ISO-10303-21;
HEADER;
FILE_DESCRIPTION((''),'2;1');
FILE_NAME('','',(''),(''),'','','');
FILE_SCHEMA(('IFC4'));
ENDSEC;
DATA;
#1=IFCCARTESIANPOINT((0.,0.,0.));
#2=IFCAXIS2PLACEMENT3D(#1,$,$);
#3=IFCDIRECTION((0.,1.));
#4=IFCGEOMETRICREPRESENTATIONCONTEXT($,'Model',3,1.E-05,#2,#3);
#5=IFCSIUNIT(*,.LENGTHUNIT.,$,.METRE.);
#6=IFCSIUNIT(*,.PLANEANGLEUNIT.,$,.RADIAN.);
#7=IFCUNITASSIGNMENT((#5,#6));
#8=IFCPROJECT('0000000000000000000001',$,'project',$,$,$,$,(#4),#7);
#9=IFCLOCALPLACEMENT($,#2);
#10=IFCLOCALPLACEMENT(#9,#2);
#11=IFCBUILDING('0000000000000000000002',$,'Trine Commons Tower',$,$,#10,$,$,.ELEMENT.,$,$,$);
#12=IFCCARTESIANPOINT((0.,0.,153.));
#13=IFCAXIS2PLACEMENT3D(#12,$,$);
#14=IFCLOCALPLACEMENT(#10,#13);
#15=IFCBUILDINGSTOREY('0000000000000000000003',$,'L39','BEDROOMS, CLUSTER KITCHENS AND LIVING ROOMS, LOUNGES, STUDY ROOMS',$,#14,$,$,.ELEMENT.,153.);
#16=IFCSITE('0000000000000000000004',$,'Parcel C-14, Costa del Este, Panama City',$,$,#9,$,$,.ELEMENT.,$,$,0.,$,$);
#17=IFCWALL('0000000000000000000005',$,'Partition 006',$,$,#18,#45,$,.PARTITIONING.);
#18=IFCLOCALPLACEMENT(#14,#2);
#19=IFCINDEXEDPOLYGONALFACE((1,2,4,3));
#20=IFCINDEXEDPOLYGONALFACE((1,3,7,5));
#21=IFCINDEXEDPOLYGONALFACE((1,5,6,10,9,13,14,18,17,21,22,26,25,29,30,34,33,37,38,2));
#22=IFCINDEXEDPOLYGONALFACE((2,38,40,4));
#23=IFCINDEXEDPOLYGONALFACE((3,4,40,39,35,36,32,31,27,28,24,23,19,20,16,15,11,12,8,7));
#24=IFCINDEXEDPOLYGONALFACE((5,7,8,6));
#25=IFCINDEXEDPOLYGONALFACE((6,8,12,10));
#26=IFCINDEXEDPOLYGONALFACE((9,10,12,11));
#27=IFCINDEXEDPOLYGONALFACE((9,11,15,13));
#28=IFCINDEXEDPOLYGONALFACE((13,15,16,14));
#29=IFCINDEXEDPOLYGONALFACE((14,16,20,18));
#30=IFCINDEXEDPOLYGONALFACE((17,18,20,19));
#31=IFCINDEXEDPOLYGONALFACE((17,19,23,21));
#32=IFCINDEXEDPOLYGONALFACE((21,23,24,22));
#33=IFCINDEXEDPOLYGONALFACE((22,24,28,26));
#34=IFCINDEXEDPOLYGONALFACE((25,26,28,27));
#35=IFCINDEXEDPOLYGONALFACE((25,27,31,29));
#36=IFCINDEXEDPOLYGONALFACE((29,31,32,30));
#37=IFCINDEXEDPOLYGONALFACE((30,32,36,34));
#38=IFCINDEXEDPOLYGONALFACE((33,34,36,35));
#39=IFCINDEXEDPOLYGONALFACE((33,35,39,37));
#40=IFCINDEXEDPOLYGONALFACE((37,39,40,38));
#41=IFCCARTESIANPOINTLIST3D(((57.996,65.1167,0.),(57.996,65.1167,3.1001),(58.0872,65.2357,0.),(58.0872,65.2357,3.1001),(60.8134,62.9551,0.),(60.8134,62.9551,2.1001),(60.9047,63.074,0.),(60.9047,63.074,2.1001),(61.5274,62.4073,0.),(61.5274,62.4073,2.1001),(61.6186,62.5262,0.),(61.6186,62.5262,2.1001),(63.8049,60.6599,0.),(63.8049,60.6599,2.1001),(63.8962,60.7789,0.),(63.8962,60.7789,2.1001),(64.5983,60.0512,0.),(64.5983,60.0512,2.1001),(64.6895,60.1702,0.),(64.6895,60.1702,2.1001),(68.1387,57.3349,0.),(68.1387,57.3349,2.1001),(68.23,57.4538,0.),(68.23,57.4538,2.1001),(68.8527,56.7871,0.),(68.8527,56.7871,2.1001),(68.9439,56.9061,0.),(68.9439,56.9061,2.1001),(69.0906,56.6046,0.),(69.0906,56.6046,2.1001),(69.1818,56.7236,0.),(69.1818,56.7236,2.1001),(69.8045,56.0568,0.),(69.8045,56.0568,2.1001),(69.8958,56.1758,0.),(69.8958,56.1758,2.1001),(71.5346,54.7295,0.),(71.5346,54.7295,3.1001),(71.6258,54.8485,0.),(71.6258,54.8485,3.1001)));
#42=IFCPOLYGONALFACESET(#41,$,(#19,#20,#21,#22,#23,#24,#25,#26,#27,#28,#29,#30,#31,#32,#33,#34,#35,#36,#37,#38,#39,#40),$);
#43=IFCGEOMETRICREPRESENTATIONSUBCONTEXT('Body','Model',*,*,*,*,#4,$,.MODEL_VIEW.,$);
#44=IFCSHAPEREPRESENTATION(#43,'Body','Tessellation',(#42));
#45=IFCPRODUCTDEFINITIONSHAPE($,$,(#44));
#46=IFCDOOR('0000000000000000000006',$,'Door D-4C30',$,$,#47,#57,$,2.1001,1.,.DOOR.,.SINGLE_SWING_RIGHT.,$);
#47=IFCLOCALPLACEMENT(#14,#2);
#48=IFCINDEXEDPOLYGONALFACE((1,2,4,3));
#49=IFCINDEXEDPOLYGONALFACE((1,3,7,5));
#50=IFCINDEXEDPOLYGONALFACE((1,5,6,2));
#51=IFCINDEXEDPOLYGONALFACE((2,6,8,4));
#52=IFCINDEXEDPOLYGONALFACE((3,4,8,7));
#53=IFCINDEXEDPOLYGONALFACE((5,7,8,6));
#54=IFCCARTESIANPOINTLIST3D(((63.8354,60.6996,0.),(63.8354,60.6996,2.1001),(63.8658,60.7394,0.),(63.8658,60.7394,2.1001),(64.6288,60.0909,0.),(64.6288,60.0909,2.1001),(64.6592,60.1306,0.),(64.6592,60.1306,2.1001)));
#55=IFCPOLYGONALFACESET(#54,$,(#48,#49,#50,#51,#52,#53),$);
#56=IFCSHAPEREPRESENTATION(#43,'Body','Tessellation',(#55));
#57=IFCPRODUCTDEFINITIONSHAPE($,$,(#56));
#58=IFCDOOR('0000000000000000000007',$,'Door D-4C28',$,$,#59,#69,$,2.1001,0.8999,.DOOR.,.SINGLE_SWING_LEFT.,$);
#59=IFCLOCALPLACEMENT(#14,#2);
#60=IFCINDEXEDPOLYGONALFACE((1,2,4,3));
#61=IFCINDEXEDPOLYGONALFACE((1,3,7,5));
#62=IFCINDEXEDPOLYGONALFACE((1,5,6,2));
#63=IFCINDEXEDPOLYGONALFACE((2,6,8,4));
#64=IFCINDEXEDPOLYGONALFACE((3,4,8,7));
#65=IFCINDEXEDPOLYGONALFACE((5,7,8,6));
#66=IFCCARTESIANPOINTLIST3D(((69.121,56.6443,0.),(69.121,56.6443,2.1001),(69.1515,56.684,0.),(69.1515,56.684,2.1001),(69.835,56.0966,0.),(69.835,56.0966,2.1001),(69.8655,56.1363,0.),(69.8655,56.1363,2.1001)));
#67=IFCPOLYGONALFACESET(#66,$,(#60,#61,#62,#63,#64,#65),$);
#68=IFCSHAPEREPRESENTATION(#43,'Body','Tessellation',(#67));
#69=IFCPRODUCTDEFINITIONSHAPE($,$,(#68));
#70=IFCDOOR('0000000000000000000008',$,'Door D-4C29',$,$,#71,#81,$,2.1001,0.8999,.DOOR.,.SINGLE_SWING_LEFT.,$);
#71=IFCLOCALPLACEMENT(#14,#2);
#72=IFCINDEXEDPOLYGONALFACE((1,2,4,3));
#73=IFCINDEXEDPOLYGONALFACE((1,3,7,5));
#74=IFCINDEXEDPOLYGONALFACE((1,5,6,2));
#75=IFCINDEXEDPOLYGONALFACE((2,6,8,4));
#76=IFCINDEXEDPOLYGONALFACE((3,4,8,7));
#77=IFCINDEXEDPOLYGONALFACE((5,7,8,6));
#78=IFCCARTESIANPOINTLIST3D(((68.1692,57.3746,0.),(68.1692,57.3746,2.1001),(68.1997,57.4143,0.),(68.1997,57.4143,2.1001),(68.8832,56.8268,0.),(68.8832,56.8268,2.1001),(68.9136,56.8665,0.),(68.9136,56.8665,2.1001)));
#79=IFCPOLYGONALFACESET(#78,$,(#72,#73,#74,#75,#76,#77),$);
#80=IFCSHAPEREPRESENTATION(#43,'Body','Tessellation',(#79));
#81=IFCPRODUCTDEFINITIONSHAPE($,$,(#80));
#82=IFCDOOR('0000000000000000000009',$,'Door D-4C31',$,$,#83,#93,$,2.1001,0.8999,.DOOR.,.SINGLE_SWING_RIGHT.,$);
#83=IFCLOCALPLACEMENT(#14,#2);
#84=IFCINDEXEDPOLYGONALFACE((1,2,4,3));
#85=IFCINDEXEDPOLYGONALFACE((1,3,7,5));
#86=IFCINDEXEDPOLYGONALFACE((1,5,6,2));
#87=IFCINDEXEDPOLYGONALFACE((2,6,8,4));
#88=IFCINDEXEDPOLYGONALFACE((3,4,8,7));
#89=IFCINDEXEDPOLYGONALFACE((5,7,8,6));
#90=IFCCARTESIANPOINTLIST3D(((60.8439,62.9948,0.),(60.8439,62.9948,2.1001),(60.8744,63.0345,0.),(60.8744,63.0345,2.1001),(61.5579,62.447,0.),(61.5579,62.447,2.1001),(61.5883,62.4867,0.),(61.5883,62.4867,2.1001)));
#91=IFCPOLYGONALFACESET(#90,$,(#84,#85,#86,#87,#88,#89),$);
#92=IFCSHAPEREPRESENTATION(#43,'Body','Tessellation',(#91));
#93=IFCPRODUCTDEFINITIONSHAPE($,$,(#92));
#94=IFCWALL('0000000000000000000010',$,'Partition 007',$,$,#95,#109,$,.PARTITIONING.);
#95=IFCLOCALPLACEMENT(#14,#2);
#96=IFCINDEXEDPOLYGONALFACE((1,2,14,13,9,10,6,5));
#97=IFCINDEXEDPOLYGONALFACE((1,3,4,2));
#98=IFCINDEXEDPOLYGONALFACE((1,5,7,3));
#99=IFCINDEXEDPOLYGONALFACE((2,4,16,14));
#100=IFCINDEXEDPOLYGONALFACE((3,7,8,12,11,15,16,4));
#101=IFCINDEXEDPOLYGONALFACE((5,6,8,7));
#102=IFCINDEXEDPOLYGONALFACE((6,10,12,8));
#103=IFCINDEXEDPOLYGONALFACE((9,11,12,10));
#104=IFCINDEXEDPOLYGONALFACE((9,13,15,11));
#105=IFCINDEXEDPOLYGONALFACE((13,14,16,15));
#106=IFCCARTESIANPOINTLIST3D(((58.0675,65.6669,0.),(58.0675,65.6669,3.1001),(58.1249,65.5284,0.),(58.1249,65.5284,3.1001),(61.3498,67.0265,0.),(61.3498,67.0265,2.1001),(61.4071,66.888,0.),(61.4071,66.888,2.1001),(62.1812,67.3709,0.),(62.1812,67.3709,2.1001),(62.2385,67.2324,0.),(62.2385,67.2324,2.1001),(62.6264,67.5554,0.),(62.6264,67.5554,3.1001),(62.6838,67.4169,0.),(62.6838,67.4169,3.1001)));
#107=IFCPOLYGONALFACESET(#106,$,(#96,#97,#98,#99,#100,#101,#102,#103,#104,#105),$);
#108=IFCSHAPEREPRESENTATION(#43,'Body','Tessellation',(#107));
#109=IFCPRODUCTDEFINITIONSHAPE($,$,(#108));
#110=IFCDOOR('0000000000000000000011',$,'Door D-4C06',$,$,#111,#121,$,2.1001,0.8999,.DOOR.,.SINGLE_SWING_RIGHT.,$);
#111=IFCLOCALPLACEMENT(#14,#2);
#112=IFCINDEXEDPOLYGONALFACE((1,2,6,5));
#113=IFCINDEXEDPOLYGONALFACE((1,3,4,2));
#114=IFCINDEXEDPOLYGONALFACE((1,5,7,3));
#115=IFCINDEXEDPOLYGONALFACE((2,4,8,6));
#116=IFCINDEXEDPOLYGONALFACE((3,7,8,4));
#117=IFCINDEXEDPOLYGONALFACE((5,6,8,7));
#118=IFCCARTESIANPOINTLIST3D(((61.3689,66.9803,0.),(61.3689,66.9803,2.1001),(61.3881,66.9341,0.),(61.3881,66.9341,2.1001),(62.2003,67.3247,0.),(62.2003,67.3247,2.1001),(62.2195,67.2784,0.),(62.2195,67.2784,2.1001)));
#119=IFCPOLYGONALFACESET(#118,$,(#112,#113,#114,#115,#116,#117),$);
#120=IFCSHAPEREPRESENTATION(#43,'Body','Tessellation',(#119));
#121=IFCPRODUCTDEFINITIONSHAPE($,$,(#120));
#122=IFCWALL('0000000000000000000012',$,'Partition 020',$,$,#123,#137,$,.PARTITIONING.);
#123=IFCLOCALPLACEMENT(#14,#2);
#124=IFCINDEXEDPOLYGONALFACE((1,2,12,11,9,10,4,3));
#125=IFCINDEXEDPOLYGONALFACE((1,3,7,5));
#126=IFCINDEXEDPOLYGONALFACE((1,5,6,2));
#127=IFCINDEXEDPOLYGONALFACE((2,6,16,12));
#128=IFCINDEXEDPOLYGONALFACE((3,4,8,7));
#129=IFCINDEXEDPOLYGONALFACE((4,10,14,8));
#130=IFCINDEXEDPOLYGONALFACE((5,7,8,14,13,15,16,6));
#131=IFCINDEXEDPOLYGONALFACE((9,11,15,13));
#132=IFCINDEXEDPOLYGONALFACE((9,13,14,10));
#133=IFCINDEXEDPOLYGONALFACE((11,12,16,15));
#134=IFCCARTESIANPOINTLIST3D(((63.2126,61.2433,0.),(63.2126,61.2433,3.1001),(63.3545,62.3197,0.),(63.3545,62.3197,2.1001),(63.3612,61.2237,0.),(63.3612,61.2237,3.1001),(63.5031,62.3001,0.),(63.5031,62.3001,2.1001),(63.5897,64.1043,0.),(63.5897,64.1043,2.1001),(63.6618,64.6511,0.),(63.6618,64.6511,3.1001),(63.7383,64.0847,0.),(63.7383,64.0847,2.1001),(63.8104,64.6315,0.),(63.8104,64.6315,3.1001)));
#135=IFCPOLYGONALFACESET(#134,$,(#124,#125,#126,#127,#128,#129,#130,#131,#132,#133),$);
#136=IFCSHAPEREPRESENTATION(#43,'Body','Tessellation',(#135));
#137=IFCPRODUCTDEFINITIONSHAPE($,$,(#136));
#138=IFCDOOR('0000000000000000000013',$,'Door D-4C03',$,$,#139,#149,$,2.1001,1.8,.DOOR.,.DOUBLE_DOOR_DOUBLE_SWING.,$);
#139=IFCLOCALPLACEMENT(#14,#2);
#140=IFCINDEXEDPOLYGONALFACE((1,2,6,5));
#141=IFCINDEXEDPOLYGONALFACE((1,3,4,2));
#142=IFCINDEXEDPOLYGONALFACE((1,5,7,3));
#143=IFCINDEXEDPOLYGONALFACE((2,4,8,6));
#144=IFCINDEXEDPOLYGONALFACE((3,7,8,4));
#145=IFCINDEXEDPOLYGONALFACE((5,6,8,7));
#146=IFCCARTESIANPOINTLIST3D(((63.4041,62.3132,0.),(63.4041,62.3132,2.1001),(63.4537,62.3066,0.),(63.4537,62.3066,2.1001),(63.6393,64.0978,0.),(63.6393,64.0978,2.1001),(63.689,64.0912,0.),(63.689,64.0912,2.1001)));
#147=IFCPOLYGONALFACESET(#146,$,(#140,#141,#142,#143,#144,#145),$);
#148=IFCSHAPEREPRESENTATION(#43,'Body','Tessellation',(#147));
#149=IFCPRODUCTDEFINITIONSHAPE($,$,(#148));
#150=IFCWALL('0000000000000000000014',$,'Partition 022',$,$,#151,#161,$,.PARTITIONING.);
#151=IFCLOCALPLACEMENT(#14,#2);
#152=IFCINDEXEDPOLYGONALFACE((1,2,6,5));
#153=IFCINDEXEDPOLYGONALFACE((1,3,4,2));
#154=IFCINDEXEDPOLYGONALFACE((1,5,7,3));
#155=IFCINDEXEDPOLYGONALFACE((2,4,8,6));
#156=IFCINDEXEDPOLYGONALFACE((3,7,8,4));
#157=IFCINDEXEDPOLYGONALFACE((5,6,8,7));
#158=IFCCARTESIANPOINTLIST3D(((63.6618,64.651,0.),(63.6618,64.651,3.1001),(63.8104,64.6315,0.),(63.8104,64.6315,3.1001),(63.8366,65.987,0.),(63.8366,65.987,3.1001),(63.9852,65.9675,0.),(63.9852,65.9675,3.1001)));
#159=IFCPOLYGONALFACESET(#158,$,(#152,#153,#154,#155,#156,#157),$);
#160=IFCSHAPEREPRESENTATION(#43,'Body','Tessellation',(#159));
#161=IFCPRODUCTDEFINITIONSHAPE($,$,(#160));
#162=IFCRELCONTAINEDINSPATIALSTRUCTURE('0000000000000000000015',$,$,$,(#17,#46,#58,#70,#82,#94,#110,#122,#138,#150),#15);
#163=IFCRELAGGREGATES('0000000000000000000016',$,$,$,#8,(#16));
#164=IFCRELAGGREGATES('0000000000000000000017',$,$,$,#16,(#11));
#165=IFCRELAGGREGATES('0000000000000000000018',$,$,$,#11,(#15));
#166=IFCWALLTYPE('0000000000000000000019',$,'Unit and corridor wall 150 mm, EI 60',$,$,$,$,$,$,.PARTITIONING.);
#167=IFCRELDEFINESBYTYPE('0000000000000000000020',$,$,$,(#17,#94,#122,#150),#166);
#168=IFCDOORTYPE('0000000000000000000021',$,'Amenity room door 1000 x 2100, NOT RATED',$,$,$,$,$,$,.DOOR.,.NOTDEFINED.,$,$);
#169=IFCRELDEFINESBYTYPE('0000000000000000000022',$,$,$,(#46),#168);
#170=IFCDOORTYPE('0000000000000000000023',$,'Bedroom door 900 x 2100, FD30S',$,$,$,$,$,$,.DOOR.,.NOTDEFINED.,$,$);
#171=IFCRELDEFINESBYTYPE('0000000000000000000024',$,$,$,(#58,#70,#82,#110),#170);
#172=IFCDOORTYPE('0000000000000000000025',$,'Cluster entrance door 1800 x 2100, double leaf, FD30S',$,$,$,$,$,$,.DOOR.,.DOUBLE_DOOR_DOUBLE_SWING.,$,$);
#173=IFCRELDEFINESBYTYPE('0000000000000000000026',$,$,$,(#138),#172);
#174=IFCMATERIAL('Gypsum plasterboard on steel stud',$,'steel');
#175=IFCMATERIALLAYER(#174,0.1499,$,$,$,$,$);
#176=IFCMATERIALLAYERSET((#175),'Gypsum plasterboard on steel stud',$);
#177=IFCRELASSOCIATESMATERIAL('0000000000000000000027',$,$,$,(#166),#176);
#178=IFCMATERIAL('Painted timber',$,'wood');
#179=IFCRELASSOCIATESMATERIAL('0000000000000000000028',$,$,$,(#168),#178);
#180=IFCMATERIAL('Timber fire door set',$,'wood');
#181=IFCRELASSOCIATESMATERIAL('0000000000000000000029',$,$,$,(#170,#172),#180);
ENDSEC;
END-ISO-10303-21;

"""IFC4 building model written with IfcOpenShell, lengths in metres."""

from ifc_helpers import new_model, si_unit, direction, frame, frame_2d, origin, place, context, subcontext, project, spatial, rectangle, extrude, material, layer, layer_set, type_object, element, fill, save


model = new_model("IFC4")

# Units and contexts
model_context = context("Model", 3, precision=1e-05, world=origin(), true_north=direction((0.0, 1.0)))
body_context = subcontext(model_context, "Body", "Model", "MODEL_VIEW")
ifc_project = project(units=[si_unit("LENGTHUNIT", "METRE"), si_unit("PLANEANGLEUNIT", "RADIAN")], contexts=[model_context])

# Site, building, storey
site_placement = place(None, origin())
site = spatial("IfcSite", under=ifc_project, at=site_placement, Name="Parcel C-14, Costa del Este, Panama City", CompositionType="ELEMENT", RefElevation=0.0)
building_placement = place(site_placement, origin())
building = spatial("IfcBuilding", under=site, at=building_placement, Name="Trine Commons Tower", CompositionType="ELEMENT")
storey_placement = place(building_placement, frame((0.0, 0.0, 153.0)))
storey = spatial("IfcBuildingStorey", under=building, at=storey_placement, Name="L39", Description="BEDROOMS, CLUSTER KITCHENS AND LIVING ROOMS, LOUNGES, STUDY ROOMS", CompositionType="ELEMENT", Elevation=153.0)

# Wall, openings, doors
ifc_material_1 = material(Name="Gypsum plasterboard on steel stud", Category="steel")
ifc_layer_1 = layer(ifc_material_1, 0.1499)
ifc_layer_set_1 = layer_set([ifc_layer_1], Name="Gypsum plasterboard on steel stud")
wall_type_1 = type_object("IfcWallType", Name="Unit and corridor wall 150 mm, EI 60", PredefinedType="PARTITIONING", material=ifc_layer_set_1)
wall_1_placement = place(storey_placement, frame((58.0415, 65.1763, 0.0), z_axis=(0.0, 0.0, 1.0), x_axis=(0.79339, -0.608713, 0.0)))
wall_1 = element("IfcWall", 1, at=wall_1_placement, inside=storey, type_object=wall_type_1, Name="Partition 006", PredefinedType="PARTITIONING", context=body_context, shape_type="SweptSolid", body=[
    extrude(rectangle(XDim=17.0642, YDim=0.1499, at=frame_2d((8.5322, 0.0))), origin(), (0.0, 0.0, 1.0), 3.1001),
])
opening_1_placement = place(wall_1_placement, frame((13.9839, 0.0, 0.0)))
opening_1 = element("IfcOpeningElement", 2, at=opening_1_placement, cuts=wall_1, PredefinedType="OPENING", context=body_context, shape_type="SweptSolid", body=[
    extrude(rectangle(XDim=0.8999, YDim=2.1001, at=frame_2d((0.45, 1.05))), frame((0.0, 0.085, 0.0), z_axis=(0.0, -1.0, 0.0), x_axis=(1.0, 0.0, 0.0)), (0.0, 0.0, 1.0), 0.1699),
])
opening_2_placement = place(wall_1_placement, frame((12.7842, 0.0, 0.0)))
opening_2 = element("IfcOpeningElement", 3, at=opening_2_placement, cuts=wall_1, PredefinedType="OPENING", context=body_context, shape_type="SweptSolid", body=[
    extrude(rectangle(XDim=0.8999, YDim=2.1001, at=frame_2d((0.45, 1.05))), frame((0.0, 0.085, 0.0), z_axis=(0.0, -1.0, 0.0), x_axis=(1.0, 0.0, 0.0)), (0.0, 0.0, 1.0), 0.1699),
])
opening_3_placement = place(wall_1_placement, frame((7.3218, 0.0, 0.0)))
opening_3 = element("IfcOpeningElement", 4, at=opening_3_placement, cuts=wall_1, PredefinedType="OPENING", context=body_context, shape_type="SweptSolid", body=[
    extrude(rectangle(XDim=1.0, YDim=2.1001, at=frame_2d((0.5, 1.05))), frame((0.0, 0.085, 0.0), z_axis=(0.0, -1.0, 0.0), x_axis=(1.0, 0.0, 0.0)), (0.0, 0.0, 1.0), 0.1699),
])
opening_4_placement = place(wall_1_placement, frame((3.5513, 0.0, 0.0)))
opening_4 = element("IfcOpeningElement", 5, at=opening_4_placement, cuts=wall_1, PredefinedType="OPENING", context=body_context, shape_type="SweptSolid", body=[
    extrude(rectangle(XDim=0.8999, YDim=2.1001, at=frame_2d((0.45, 1.05))), frame((0.0, 0.085, 0.0), z_axis=(0.0, -1.0, 0.0), x_axis=(1.0, 0.0, 0.0)), (0.0, 0.0, 1.0), 0.1699),
])
ifc_material_2 = material(Name="Painted timber", Category="wood")
door_type_1 = type_object("IfcDoorType", Name="Amenity room door 1000 x 2100, NOT RATED", OperationType="NOTDEFINED", PredefinedType="DOOR", material=ifc_material_2)
door_1_placement = place(opening_3_placement, frame((1.0, 0.0, 0.0), z_axis=(0.0, 0.0, 1.0), x_axis=(-1.0, 0.0, 0.0)))
door_1 = element("IfcDoor", 6, at=door_1_placement, inside=storey, type_object=door_type_1, Name="Door D-4C30", OperationType="SINGLE_SWING_RIGHT", OverallHeight=2.1001, OverallWidth=1.0, PredefinedType="DOOR", context=body_context, shape_type="SweptSolid", body=[
    extrude(rectangle(XDim=1.0, YDim=2.1001, at=frame_2d((0.5, 1.05))), frame((0.0, 0.0249, 0.0), z_axis=(0.0, -1.0, 0.0), x_axis=(1.0, 0.0, 0.0)), (0.0, 0.0, 1.0), 0.05),
])
fill(opening_3, door_1)
ifc_material_3 = material(Name="Timber fire door set", Category="wood")
door_type_2 = type_object("IfcDoorType", Name="Bedroom door 900 x 2100, FD30S", OperationType="NOTDEFINED", PredefinedType="DOOR", material=ifc_material_3)
door_2_placement = place(opening_1_placement, frame((0.8999, 0.0, 0.0), z_axis=(0.0, 0.0, 1.0), x_axis=(-1.0, 0.0, 0.0)))
door_2 = element("IfcDoor", 7, at=door_2_placement, inside=storey, type_object=door_type_2, Name="Door D-4C28", OperationType="SINGLE_SWING_LEFT", OverallHeight=2.1001, OverallWidth=0.8999, PredefinedType="DOOR", context=body_context, shape_type="SweptSolid", body=[
    extrude(rectangle(XDim=0.8999, YDim=2.1001, at=frame_2d((0.45, 1.05))), frame((0.0, 0.0249, 0.0), z_axis=(0.0, -1.0, 0.0), x_axis=(1.0, 0.0, 0.0)), (0.0, 0.0, 1.0), 0.05),
])
fill(opening_1, door_2)
door_3_placement = place(opening_2_placement, frame((0.8999, 0.0, 0.0), z_axis=(0.0, 0.0, 1.0), x_axis=(-1.0, 0.0, 0.0)))
door_3 = element("IfcDoor", 8, at=door_3_placement, inside=storey, type_object=door_type_2, Name="Door D-4C29", OperationType="SINGLE_SWING_LEFT", OverallHeight=2.1001, OverallWidth=0.8999, PredefinedType="DOOR", context=body_context, shape_type="SweptSolid", body=[
    extrude(rectangle(XDim=0.8999, YDim=2.1001, at=frame_2d((0.45, 1.05))), frame((0.0, 0.0249, 0.0), z_axis=(0.0, -1.0, 0.0), x_axis=(1.0, 0.0, 0.0)), (0.0, 0.0, 1.0), 0.05),
])
fill(opening_2, door_3)
door_4_placement = place(opening_4_placement, frame((0.8999, 0.0, 0.0), z_axis=(0.0, 0.0, 1.0), x_axis=(-1.0, 0.0, 0.0)))
door_4 = element("IfcDoor", 9, at=door_4_placement, inside=storey, type_object=door_type_2, Name="Door D-4C31", OperationType="SINGLE_SWING_RIGHT", OverallHeight=2.1001, OverallWidth=0.8999, PredefinedType="DOOR", context=body_context, shape_type="SweptSolid", body=[
    extrude(rectangle(XDim=0.8999, YDim=2.1001, at=frame_2d((0.45, 1.05))), frame((0.0, 0.0249, 0.0), z_axis=(0.0, -1.0, 0.0), x_axis=(1.0, 0.0, 0.0)), (0.0, 0.0, 1.0), 0.05),
])
fill(opening_4, door_4)

# Walls, openings, doors
wall_2_placement = place(storey_placement, frame((58.0962, 65.5977, 0.0), z_axis=(0.0, 0.0, 1.0), x_axis=(0.923873, 0.3827, 0.0)))
wall_2 = element("IfcWall", 10, at=wall_2_placement, inside=storey, type_object=wall_type_1, Name="Partition 007", PredefinedType="PARTITIONING", context=body_context, shape_type="SweptSolid", body=[
    extrude(rectangle(XDim=4.9346, YDim=0.1499, at=frame_2d((2.4673, 0.0))), origin(), (0.0, 0.0, 1.0), 3.1001),
])
opening_5_placement = place(wall_2_placement, frame((3.5527, 0.0, 0.0)))
opening_5 = element("IfcOpeningElement", 11, at=opening_5_placement, cuts=wall_2, PredefinedType="OPENING", context=body_context, shape_type="SweptSolid", body=[
    extrude(rectangle(XDim=0.8999, YDim=2.1001, at=frame_2d((0.45, 1.05))), frame((0.0, 0.085, 0.0), z_axis=(0.0, -1.0, 0.0), x_axis=(1.0, 0.0, 0.0)), (0.0, 0.0, 1.0), 0.1699),
])
door_5_placement = place(opening_5_placement, origin())
door_5 = element("IfcDoor", 12, at=door_5_placement, inside=storey, type_object=door_type_2, Name="Door D-4C06", OperationType="SINGLE_SWING_RIGHT", OverallHeight=2.1001, OverallWidth=0.8999, PredefinedType="DOOR", context=body_context, shape_type="SweptSolid", body=[
    extrude(rectangle(XDim=0.8999, YDim=2.1001, at=frame_2d((0.45, 1.05))), frame((0.0, 0.0249, 0.0), z_axis=(0.0, -1.0, 0.0), x_axis=(1.0, 0.0, 0.0)), (0.0, 0.0, 1.0), 0.05),
])
fill(opening_5, door_5)
wall_3_placement = place(storey_placement, frame((63.2869, 61.2334, 0.0), z_axis=(0.0, 0.0, 1.0), x_axis=(0.130693, 0.991423, 0.0)))
wall_3 = element("IfcWall", 13, at=wall_3_placement, inside=storey, type_object=wall_type_1, Name="Partition 020", PredefinedType="PARTITIONING", context=body_context, shape_type="SweptSolid", body=[
    extrude(rectangle(XDim=3.4373, YDim=0.1499, at=frame_2d((1.7188, 0.0))), origin(), (0.0, 0.0, 1.0), 3.1001),
])
opening_6_placement = place(wall_3_placement, frame((1.0859, 0.0, 0.0)))
opening_6 = element("IfcOpeningElement", 14, at=opening_6_placement, cuts=wall_3, PredefinedType="OPENING", context=body_context, shape_type="SweptSolid", body=[
    extrude(rectangle(XDim=1.8, YDim=2.1001, at=frame_2d((0.8999, 1.05))), frame((0.0, 0.085, 0.0), z_axis=(0.0, -1.0, 0.0), x_axis=(1.0, 0.0, 0.0)), (0.0, 0.0, 1.0), 0.1699),
])
door_type_3 = type_object("IfcDoorType", Name="Cluster entrance door 1800 x 2100, double leaf, FD30S", OperationType="DOUBLE_DOOR_DOUBLE_SWING", PredefinedType="DOOR", material=ifc_material_3)
door_6_placement = place(opening_6_placement, origin())
door_6 = element("IfcDoor", 15, at=door_6_placement, inside=storey, type_object=door_type_3, Name="Door D-4C03", OperationType="DOUBLE_DOOR_DOUBLE_SWING", OverallHeight=2.1001, OverallWidth=1.8, PredefinedType="DOOR", context=body_context, shape_type="SweptSolid", body=[
    extrude(rectangle(XDim=1.8, YDim=2.1001, at=frame_2d((0.8999, 1.05))), frame((0.0, 0.0249, 0.0), z_axis=(0.0, -1.0, 0.0), x_axis=(1.0, 0.0, 0.0)), (0.0, 0.0, 1.0), 0.05),
])
fill(opening_6, door_6)

# Wall
wall_4_placement = place(storey_placement, frame((63.7361, 64.6411, 0.0), z_axis=(0.0, 0.0, 1.0), x_axis=(0.129742, 0.991548, 0.0)))
element("IfcWall", 16, at=wall_4_placement, inside=storey, type_object=wall_type_1, Name="Partition 022", PredefinedType="PARTITIONING", context=body_context, shape_type="SweptSolid", body=[
    extrude(rectangle(XDim=1.3474, YDim=0.1499, at=frame_2d((0.6738, 0.0))), origin(), (0.0, 0.0, 1.0), 3.1001),
])

save(model, "model.ifc")
